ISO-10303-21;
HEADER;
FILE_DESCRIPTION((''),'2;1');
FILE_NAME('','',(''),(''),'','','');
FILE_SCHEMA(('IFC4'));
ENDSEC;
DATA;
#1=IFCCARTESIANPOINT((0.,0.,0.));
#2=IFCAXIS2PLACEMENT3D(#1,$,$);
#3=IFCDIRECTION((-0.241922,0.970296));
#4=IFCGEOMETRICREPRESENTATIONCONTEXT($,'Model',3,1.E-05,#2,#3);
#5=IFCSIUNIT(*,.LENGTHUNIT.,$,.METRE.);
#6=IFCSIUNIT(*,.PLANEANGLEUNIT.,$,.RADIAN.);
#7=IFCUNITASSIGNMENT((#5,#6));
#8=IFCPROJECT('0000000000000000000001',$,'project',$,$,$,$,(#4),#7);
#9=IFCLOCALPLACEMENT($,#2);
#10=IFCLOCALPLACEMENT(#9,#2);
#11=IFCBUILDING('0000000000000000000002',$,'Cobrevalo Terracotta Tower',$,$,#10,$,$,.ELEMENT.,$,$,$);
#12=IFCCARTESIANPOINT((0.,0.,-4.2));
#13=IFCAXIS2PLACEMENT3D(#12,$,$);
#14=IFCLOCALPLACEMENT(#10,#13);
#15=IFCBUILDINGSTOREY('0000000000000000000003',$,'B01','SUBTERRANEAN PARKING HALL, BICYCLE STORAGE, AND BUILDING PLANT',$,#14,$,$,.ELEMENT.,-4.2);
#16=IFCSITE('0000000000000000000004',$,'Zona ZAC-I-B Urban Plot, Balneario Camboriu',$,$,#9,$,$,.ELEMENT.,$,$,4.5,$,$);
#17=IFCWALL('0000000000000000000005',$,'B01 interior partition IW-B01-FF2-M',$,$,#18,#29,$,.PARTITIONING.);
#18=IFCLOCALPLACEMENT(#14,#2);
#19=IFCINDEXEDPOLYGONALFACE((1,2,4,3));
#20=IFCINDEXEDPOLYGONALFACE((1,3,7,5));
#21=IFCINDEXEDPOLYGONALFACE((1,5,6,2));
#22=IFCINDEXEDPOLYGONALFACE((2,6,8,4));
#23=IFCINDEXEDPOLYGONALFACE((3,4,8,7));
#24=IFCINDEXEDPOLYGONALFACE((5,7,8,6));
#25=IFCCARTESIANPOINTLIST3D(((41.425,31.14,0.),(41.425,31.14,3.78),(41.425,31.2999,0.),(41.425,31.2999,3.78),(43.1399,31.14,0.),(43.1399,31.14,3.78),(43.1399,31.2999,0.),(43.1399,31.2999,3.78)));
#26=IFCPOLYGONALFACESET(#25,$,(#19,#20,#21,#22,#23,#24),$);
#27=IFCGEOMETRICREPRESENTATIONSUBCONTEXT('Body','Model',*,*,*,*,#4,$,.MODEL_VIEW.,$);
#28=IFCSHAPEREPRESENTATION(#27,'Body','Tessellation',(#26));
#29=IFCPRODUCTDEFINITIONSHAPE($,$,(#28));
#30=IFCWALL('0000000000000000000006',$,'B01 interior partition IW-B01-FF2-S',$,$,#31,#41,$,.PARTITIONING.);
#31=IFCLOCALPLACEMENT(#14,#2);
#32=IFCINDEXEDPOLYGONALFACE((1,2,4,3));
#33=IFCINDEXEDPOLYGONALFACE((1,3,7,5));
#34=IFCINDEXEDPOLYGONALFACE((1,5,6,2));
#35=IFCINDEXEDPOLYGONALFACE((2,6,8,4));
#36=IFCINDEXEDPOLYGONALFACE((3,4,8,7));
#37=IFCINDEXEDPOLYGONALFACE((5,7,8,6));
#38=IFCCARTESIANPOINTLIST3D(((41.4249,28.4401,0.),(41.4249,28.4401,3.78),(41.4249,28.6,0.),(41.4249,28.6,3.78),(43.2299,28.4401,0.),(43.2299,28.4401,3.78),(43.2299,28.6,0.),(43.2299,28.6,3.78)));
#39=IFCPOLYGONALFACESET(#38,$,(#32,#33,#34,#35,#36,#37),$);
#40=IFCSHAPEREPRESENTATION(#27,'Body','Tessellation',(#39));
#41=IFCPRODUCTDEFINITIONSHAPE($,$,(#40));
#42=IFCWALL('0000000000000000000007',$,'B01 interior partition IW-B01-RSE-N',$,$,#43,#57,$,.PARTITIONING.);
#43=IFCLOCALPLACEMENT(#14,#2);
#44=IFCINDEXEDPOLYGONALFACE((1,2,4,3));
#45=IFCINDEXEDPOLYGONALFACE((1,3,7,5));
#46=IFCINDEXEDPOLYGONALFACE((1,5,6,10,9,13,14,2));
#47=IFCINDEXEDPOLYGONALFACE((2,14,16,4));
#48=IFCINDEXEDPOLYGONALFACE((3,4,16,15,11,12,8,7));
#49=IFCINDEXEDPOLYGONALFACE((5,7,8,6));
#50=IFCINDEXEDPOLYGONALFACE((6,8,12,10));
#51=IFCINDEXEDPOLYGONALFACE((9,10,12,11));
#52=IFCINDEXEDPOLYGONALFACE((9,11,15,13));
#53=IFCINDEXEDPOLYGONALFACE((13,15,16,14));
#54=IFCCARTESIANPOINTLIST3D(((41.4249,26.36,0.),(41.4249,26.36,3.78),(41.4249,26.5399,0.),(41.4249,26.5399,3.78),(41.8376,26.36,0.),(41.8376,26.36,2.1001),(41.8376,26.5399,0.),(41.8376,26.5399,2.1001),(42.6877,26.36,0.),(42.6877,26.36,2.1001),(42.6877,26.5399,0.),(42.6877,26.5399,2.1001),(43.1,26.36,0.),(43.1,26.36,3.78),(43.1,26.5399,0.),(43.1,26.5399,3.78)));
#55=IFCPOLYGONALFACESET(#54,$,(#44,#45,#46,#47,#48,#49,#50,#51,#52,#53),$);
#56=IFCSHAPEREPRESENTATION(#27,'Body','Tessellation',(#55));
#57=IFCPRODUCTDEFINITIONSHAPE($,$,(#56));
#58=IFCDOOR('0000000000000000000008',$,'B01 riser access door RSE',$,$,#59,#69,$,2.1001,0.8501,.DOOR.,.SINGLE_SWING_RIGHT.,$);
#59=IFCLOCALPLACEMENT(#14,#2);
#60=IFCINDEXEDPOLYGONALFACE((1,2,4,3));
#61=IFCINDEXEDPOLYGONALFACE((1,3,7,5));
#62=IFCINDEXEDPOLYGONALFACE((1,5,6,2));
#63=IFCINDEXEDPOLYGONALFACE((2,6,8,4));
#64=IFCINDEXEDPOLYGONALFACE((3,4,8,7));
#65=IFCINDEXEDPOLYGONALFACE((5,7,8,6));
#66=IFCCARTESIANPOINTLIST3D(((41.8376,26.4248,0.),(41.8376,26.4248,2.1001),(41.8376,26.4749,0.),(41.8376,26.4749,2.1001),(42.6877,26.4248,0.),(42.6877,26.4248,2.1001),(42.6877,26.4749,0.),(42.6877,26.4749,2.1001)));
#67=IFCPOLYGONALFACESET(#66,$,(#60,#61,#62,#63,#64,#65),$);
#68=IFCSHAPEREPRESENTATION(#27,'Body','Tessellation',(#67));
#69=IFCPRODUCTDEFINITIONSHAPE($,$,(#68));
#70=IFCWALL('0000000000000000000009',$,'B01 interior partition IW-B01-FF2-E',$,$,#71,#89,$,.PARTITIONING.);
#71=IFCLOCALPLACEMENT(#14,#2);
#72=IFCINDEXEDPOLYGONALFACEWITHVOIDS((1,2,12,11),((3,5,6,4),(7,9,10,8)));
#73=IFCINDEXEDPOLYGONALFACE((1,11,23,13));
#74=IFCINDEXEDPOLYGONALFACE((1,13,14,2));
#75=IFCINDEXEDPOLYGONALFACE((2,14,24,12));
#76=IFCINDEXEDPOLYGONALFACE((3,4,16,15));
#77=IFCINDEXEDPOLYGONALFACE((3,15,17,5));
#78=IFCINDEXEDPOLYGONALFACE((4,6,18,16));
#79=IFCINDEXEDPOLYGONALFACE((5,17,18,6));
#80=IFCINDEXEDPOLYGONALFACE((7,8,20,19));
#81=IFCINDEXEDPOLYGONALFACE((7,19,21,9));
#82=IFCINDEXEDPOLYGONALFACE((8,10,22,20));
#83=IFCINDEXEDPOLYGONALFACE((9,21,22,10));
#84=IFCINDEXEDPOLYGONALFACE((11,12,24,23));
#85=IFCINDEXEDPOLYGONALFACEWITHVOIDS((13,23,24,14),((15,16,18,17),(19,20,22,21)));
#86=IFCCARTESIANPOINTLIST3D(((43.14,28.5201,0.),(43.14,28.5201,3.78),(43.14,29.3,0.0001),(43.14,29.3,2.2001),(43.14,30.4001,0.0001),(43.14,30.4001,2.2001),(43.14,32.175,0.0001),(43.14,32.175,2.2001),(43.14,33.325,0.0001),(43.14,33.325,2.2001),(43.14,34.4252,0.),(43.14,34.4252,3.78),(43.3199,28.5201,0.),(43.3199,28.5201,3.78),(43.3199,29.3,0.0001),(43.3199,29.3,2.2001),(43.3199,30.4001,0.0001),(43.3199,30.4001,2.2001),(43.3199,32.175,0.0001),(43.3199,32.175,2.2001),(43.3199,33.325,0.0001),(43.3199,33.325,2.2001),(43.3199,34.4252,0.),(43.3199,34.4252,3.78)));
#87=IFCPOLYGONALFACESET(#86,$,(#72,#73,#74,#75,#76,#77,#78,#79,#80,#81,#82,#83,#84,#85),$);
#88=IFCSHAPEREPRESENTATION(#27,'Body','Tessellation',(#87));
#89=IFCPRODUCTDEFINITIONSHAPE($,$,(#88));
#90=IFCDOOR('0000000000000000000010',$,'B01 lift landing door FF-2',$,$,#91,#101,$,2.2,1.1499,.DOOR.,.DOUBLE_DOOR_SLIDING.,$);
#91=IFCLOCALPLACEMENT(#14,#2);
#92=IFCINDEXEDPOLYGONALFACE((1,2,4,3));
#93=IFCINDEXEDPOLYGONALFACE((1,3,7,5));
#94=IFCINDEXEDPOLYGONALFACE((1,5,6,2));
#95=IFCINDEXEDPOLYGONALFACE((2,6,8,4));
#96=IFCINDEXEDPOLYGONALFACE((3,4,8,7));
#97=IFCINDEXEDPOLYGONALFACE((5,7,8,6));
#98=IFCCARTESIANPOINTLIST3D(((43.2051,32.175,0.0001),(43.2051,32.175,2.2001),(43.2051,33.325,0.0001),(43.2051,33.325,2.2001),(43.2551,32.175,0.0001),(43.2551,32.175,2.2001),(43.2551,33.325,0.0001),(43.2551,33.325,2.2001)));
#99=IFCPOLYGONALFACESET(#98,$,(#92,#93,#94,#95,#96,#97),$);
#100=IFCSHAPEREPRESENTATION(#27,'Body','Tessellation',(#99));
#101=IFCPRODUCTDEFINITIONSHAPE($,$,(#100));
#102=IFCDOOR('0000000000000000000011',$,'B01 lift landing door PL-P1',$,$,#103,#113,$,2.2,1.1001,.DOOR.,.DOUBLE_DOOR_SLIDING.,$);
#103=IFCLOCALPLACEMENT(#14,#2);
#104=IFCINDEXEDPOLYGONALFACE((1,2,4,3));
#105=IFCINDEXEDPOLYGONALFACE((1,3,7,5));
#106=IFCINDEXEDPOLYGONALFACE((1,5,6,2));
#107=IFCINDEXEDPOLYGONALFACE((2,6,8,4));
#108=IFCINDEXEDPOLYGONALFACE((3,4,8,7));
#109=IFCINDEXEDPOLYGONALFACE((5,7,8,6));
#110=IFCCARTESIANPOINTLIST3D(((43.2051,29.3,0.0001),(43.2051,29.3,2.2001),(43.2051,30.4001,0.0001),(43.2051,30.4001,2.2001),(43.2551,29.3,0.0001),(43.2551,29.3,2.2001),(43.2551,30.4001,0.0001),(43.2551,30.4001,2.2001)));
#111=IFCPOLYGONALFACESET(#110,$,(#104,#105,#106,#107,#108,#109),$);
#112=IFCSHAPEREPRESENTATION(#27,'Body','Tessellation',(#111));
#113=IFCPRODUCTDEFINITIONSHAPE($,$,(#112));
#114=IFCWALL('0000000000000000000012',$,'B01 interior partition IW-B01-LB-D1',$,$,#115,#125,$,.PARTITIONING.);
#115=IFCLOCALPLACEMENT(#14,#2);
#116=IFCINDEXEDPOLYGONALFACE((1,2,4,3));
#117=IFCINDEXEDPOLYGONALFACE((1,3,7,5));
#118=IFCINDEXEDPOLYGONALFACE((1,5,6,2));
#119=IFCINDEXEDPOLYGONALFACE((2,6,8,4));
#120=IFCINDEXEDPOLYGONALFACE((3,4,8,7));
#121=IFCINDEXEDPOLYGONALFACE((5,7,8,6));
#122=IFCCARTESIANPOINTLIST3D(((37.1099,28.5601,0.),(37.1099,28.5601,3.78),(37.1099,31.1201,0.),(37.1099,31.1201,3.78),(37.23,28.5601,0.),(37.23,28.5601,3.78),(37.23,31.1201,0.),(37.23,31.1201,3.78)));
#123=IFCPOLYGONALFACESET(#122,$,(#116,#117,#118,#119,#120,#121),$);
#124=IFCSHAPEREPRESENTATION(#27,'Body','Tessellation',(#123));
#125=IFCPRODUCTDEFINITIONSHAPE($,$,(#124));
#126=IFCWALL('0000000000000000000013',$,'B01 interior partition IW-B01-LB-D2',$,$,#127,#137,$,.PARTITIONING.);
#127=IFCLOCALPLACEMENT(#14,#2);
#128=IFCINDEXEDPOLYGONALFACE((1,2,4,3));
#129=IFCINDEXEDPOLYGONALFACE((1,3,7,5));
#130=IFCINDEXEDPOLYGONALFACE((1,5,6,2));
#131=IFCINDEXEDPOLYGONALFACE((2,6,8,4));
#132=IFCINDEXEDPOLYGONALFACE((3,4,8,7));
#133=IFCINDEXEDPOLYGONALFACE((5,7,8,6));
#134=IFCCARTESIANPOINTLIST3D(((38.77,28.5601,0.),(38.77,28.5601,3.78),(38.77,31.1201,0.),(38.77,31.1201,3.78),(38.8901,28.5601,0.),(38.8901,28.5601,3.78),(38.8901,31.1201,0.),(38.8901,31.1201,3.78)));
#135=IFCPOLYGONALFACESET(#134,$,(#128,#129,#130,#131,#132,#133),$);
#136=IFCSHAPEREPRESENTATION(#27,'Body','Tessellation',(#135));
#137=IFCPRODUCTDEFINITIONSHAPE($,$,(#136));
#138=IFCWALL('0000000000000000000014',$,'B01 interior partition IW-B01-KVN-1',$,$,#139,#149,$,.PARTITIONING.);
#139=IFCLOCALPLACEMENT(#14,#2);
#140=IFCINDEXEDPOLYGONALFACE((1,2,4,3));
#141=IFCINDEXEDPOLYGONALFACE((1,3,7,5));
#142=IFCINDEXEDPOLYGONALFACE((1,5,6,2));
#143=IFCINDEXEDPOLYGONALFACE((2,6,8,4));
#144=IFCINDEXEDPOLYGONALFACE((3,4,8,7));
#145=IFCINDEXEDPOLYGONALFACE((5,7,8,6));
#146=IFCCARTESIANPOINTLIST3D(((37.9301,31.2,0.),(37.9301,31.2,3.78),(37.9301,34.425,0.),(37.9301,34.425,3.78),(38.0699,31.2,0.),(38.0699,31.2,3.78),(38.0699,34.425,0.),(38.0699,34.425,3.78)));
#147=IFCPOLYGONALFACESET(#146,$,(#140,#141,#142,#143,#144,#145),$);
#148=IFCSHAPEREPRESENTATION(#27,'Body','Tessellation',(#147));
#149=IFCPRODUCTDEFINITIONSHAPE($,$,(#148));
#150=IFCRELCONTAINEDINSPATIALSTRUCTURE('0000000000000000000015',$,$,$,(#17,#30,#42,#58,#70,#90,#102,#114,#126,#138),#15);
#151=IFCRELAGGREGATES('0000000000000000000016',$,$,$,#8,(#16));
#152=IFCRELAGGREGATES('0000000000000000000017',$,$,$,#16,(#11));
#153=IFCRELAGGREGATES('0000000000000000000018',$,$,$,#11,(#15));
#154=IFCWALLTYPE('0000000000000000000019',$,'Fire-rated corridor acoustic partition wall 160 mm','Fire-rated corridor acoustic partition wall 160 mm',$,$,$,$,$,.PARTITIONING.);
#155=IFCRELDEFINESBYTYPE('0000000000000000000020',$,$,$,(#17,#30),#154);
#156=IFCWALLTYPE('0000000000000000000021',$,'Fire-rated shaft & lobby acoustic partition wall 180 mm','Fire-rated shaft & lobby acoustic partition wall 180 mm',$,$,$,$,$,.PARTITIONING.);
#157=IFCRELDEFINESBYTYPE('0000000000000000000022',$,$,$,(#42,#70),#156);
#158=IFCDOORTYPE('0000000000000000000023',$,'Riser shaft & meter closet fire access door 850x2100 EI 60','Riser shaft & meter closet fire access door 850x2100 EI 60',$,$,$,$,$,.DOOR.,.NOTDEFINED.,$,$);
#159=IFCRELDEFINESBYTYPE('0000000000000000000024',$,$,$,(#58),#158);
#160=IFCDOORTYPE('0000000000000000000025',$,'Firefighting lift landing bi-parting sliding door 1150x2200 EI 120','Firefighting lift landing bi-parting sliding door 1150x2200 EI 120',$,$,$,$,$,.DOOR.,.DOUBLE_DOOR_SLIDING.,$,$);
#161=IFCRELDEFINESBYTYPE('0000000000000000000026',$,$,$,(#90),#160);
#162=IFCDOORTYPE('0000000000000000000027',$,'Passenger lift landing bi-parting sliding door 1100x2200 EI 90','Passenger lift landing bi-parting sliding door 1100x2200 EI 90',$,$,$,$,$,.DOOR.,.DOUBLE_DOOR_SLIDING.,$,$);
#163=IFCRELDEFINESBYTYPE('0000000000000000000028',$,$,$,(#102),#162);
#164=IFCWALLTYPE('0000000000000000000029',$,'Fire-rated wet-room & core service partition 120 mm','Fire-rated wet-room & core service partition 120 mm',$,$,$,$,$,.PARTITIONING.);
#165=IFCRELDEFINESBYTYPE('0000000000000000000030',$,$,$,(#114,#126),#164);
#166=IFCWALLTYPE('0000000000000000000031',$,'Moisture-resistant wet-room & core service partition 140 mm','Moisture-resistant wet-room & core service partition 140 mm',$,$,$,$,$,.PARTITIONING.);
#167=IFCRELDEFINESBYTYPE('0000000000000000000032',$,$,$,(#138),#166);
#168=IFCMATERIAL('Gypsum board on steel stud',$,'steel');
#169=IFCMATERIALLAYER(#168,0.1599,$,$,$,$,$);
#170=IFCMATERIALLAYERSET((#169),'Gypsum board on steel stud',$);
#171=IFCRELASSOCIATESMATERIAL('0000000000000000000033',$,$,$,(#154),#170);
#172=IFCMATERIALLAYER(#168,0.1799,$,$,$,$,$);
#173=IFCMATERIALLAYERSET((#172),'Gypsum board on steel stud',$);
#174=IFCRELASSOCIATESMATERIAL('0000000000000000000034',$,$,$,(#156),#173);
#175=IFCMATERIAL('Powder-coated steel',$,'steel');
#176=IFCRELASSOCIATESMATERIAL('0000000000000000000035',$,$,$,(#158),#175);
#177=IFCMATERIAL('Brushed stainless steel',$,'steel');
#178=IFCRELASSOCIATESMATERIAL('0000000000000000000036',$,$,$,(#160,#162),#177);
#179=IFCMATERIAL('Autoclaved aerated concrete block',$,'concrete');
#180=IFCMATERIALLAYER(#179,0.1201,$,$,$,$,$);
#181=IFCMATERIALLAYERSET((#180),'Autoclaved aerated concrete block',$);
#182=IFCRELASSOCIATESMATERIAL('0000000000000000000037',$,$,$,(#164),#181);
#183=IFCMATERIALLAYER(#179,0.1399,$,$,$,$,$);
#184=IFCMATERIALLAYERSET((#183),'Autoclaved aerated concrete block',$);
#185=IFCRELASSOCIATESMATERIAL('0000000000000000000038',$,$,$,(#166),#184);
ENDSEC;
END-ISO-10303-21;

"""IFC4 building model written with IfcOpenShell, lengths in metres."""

from ifc_helpers import new_model, si_unit, direction, frame, frame_2d, origin, place, context, subcontext, project, spatial, rectangle, extrude, source, transform, mapped, material, layer, layer_set, type_object, element, fill, save


model = new_model("IFC4")

# Units and contexts
model_context = context("Model", 3, precision=1e-05, world=origin(), true_north=direction((-0.241922, 0.970296)))
body_context = subcontext(model_context, "Body", "Model", "MODEL_VIEW")
ifc_project = project(units=[si_unit("LENGTHUNIT", "METRE"), si_unit("PLANEANGLEUNIT", "RADIAN")], contexts=[model_context])

# Site, building, storey
site_placement = place(None, origin())
site = spatial("IfcSite", under=ifc_project, at=site_placement, Name="Zona ZAC-I-B Urban Plot, Balneario Camboriu", CompositionType="ELEMENT", RefElevation=4.5)
building_placement = place(site_placement, origin())
building = spatial("IfcBuilding", under=site, at=building_placement, Name="Cobrevalo Terracotta Tower", CompositionType="ELEMENT")
storey_placement = place(building_placement, frame((0.0, 0.0, -4.2)))
storey = spatial("IfcBuildingStorey", under=building, at=storey_placement, Name="B01", Description="SUBTERRANEAN PARKING HALL, BICYCLE STORAGE, AND BUILDING PLANT", CompositionType="ELEMENT", Elevation=-4.2)

# Walls
ifc_material_1 = material(Name="Gypsum board on steel stud", Category="steel")
ifc_layer_1 = layer(ifc_material_1, 0.1599)
ifc_layer_set_1 = layer_set([ifc_layer_1], Name="Gypsum board on steel stud")
wall_type_1 = type_object("IfcWallType", Name="Fire-rated corridor acoustic partition wall 160 mm", Description="Fire-rated corridor acoustic partition wall 160 mm", PredefinedType="PARTITIONING", material=ifc_layer_set_1)
wall_1_placement = place(storey_placement, frame((41.425, 31.22, 0.0), z_axis=(0.0, 0.0, 1.0), x_axis=(1.0, 0.0, 0.0)))
element("IfcWall", 1, at=wall_1_placement, inside=storey, type_object=wall_type_1, Name="B01 interior partition IW-B01-FF2-M", PredefinedType="PARTITIONING", context=body_context, shape_type="SweptSolid", body=[
    extrude(rectangle(XDim=1.7148, YDim=0.1599, at=frame_2d((0.8574, 0.0))), origin(), (0.0, 0.0, 1.0), 3.78),
])
wall_2_placement = place(storey_placement, frame((41.425, 28.52, 0.0), z_axis=(0.0, 0.0, 1.0), x_axis=(1.0, 0.0, 0.0)))
element("IfcWall", 2, at=wall_2_placement, inside=storey, type_object=wall_type_1, Name="B01 interior partition IW-B01-FF2-S", PredefinedType="PARTITIONING", context=body_context, shape_type="SweptSolid", body=[
    extrude(rectangle(XDim=1.8049, YDim=0.1599, at=frame_2d((0.9023, 0.0))), origin(), (0.0, 0.0, 1.0), 3.78),
])

# Wall, opening, door
ifc_layer_2 = layer(ifc_material_1, 0.1799)
ifc_layer_set_2 = layer_set([ifc_layer_2], Name="Gypsum board on steel stud")
wall_type_2 = type_object("IfcWallType", Name="Fire-rated shaft & lobby acoustic partition wall 180 mm", Description="Fire-rated shaft & lobby acoustic partition wall 180 mm", PredefinedType="PARTITIONING", material=ifc_layer_set_2)
wall_3_placement = place(storey_placement, frame((41.425, 26.45, 0.0), z_axis=(0.0, 0.0, 1.0), x_axis=(1.0, 0.0, 0.0)))
wall_3 = element("IfcWall", 3, at=wall_3_placement, inside=storey, type_object=wall_type_2, Name="B01 interior partition IW-B01-RSE-N", PredefinedType="PARTITIONING", context=body_context, shape_type="SweptSolid", body=[
    extrude(rectangle(XDim=1.675, YDim=0.1799, at=frame_2d((0.8374, 0.0))), origin(), (0.0, 0.0, 1.0), 3.78),
])
opening_1_placement = place(wall_3_placement, frame((0.4126, 0.0, 0.0)))
opening_1 = element("IfcOpeningElement", 4, at=opening_1_placement, cuts=wall_3, PredefinedType="OPENING", context=body_context, shape_type="SweptSolid", body=[
    extrude(rectangle(XDim=0.8501, YDim=2.1001, at=frame_2d((0.425, 1.05))), frame((0.0, 0.1001, 0.0), z_axis=(0.0, -1.0, 0.0), x_axis=(1.0, 0.0, 0.0)), (0.0, 0.0, 1.0), 0.2),
])
ifc_material_2 = material(Name="Powder-coated steel", Category="steel")
door_type_1 = type_object("IfcDoorType", Name="Riser shaft & meter closet fire access door 850x2100 EI 60", Description="Riser shaft & meter closet fire access door 850x2100 EI 60", OperationType="NOTDEFINED", PredefinedType="DOOR", material=ifc_material_2)
shared_shape_1 = source(origin(), body_context, "Body", "SweptSolid", [
    extrude(rectangle(XDim=0.8501, YDim=2.1001, at=frame_2d((0.425, 1.05))), frame((0.0, 0.0249, 0.0), z_axis=(0.0, -1.0, 0.0), x_axis=(1.0, 0.0, 0.0)), (0.0, 0.0, 1.0), 0.05),
])
door_1_placement = place(opening_1_placement, origin())
door_1 = element("IfcDoor", 5, at=door_1_placement, inside=storey, type_object=door_type_1, Name="B01 riser access door RSE", OperationType="SINGLE_SWING_RIGHT", OverallHeight=2.1001, OverallWidth=0.8501, PredefinedType="DOOR", context=body_context, shape_type="MappedRepresentation", body=[
    mapped(shared_shape_1, transform((0.0, 0.0, 0.0), scale=1.0)),
])
fill(opening_1, door_1)

# Wall, openings, doors
wall_4_placement = place(storey_placement, frame((43.23, 28.52, 0.0), z_axis=(0.0, 0.0, 1.0), x_axis=(0.0, 1.0, 0.0)))
wall_4 = element("IfcWall", 6, at=wall_4_placement, inside=storey, type_object=wall_type_2, Name="B01 interior partition IW-B01-FF2-E", PredefinedType="PARTITIONING", context=body_context, shape_type="SweptSolid", body=[
    extrude(rectangle(XDim=5.905, YDim=0.1799, at=frame_2d((2.9526, 0.0))), origin(), (0.0, 0.0, 1.0), 3.78),
])
opening_2_placement = place(wall_4_placement, frame((3.655, 0.0, 0.0)))
opening_2 = element("IfcOpeningElement", 7, at=opening_2_placement, cuts=wall_4, PredefinedType="OPENING", context=body_context, shape_type="SweptSolid", body=[
    extrude(rectangle(XDim=1.1499, YDim=2.2, at=frame_2d((0.575, 1.1001))), frame((0.0, 0.1001, 0.0), z_axis=(0.0, -1.0, 0.0), x_axis=(1.0, 0.0, 0.0)), (0.0, 0.0, 1.0), 0.2),
])
opening_3_placement = place(wall_4_placement, frame((0.78, 0.0, 0.0)))
opening_3 = element("IfcOpeningElement", 8, at=opening_3_placement, cuts=wall_4, PredefinedType="OPENING", context=body_context, shape_type="SweptSolid", body=[
    extrude(rectangle(XDim=1.1001, YDim=2.2, at=frame_2d((0.55, 1.1001))), frame((0.0, 0.1001, 0.0), z_axis=(0.0, -1.0, 0.0), x_axis=(1.0, 0.0, 0.0)), (0.0, 0.0, 1.0), 0.2),
])
ifc_material_3 = material(Name="Brushed stainless steel", Category="steel")
door_type_2 = type_object("IfcDoorType", Name="Firefighting lift landing bi-parting sliding door 1150x2200 EI 120", Description="Firefighting lift landing bi-parting sliding door 1150x2200 EI 120", OperationType="DOUBLE_DOOR_SLIDING", PredefinedType="DOOR", material=ifc_material_3)
shared_shape_2 = source(origin(), body_context, "Body", "SweptSolid", [
    extrude(rectangle(XDim=1.1499, YDim=2.2, at=frame_2d((0.575, 1.1001))), frame((0.0, 0.0249, 0.0), z_axis=(0.0, -1.0, 0.0), x_axis=(1.0, 0.0, 0.0)), (0.0, 0.0, 1.0), 0.05),
])
door_2_placement = place(opening_2_placement, origin())
door_2 = element("IfcDoor", 9, at=door_2_placement, inside=storey, type_object=door_type_2, Name="B01 lift landing door FF-2", OperationType="DOUBLE_DOOR_SLIDING", OverallHeight=2.2, OverallWidth=1.1499, PredefinedType="DOOR", context=body_context, shape_type="MappedRepresentation", body=[
    mapped(shared_shape_2, transform((0.0, 0.0, 0.0), scale=1.0)),
])
fill(opening_2, door_2)
door_type_3 = type_object("IfcDoorType", Name="Passenger lift landing bi-parting sliding door 1100x2200 EI 90", Description="Passenger lift landing bi-parting sliding door 1100x2200 EI 90", OperationType="DOUBLE_DOOR_SLIDING", PredefinedType="DOOR", material=ifc_material_3)
shared_shape_3 = source(origin(), body_context, "Body", "SweptSolid", [
    extrude(rectangle(XDim=1.1001, YDim=2.2, at=frame_2d((0.55, 1.1001))), frame((0.0, 0.0249, 0.0), z_axis=(0.0, -1.0, 0.0), x_axis=(1.0, 0.0, 0.0)), (0.0, 0.0, 1.0), 0.05),
])
door_3_placement = place(opening_3_placement, origin())
door_3 = element("IfcDoor", 10, at=door_3_placement, inside=storey, type_object=door_type_3, Name="B01 lift landing door PL-P1", OperationType="DOUBLE_DOOR_SLIDING", OverallHeight=2.2, OverallWidth=1.1001, PredefinedType="DOOR", context=body_context, shape_type="MappedRepresentation", body=[
    mapped(shared_shape_3, transform((0.0, 0.0, 0.0), scale=1.0)),
])
fill(opening_3, door_3)

# Walls
ifc_material_4 = material(Name="Autoclaved aerated concrete block", Category="concrete")
ifc_layer_3 = layer(ifc_material_4, 0.1201)
ifc_layer_set_3 = layer_set([ifc_layer_3], Name="Autoclaved aerated concrete block")
wall_type_3 = type_object("IfcWallType", Name="Fire-rated wet-room & core service partition 120 mm", Description="Fire-rated wet-room & core service partition 120 mm", PredefinedType="PARTITIONING", material=ifc_layer_set_3)
for number, where, z_axis, x_axis, name in (
    (11, (37.1699, 28.5601, 0.0), (0.0, 0.0, 1.0), (0.0, 1.0, 0.0), "B01 interior partition IW-B01-LB-D1"),
    (12, (38.8301, 28.5601, 0.0), (0.0, 0.0, 1.0), (0.0, 1.0, 0.0), "B01 interior partition IW-B01-LB-D2"),
):
    element("IfcWall", number, at=place(storey_placement, frame(where, z_axis=z_axis, x_axis=x_axis)), inside=storey, type_object=wall_type_3, Name=name, PredefinedType="PARTITIONING", context=body_context, shape_type="SweptSolid", body=[
        extrude(rectangle(XDim=2.5601, YDim=0.1201, at=frame_2d((1.28, 0.0))), origin(), (0.0, 0.0, 1.0), 3.78),
    ])
ifc_layer_4 = layer(ifc_material_4, 0.1399)
ifc_layer_set_4 = layer_set([ifc_layer_4], Name="Autoclaved aerated concrete block")
wall_type_4 = type_object("IfcWallType", Name="Moisture-resistant wet-room & core service partition 140 mm", Description="Moisture-resistant wet-room & core service partition 140 mm", PredefinedType="PARTITIONING", material=ifc_layer_set_4)
wall_5_placement = place(storey_placement, frame((38.0, 31.2, 0.0), z_axis=(0.0, 0.0, 1.0), x_axis=(0.0, 1.0, 0.0)))
element("IfcWall", 13, at=wall_5_placement, inside=storey, type_object=wall_type_4, Name="B01 interior partition IW-B01-KVN-1", PredefinedType="PARTITIONING", context=body_context, shape_type="SweptSolid", body=[
    extrude(rectangle(XDim=3.2251, YDim=0.1399, at=frame_2d((1.6125, 0.0))), origin(), (0.0, 0.0, 1.0), 3.78),
])

save(model, "model.ifc")
